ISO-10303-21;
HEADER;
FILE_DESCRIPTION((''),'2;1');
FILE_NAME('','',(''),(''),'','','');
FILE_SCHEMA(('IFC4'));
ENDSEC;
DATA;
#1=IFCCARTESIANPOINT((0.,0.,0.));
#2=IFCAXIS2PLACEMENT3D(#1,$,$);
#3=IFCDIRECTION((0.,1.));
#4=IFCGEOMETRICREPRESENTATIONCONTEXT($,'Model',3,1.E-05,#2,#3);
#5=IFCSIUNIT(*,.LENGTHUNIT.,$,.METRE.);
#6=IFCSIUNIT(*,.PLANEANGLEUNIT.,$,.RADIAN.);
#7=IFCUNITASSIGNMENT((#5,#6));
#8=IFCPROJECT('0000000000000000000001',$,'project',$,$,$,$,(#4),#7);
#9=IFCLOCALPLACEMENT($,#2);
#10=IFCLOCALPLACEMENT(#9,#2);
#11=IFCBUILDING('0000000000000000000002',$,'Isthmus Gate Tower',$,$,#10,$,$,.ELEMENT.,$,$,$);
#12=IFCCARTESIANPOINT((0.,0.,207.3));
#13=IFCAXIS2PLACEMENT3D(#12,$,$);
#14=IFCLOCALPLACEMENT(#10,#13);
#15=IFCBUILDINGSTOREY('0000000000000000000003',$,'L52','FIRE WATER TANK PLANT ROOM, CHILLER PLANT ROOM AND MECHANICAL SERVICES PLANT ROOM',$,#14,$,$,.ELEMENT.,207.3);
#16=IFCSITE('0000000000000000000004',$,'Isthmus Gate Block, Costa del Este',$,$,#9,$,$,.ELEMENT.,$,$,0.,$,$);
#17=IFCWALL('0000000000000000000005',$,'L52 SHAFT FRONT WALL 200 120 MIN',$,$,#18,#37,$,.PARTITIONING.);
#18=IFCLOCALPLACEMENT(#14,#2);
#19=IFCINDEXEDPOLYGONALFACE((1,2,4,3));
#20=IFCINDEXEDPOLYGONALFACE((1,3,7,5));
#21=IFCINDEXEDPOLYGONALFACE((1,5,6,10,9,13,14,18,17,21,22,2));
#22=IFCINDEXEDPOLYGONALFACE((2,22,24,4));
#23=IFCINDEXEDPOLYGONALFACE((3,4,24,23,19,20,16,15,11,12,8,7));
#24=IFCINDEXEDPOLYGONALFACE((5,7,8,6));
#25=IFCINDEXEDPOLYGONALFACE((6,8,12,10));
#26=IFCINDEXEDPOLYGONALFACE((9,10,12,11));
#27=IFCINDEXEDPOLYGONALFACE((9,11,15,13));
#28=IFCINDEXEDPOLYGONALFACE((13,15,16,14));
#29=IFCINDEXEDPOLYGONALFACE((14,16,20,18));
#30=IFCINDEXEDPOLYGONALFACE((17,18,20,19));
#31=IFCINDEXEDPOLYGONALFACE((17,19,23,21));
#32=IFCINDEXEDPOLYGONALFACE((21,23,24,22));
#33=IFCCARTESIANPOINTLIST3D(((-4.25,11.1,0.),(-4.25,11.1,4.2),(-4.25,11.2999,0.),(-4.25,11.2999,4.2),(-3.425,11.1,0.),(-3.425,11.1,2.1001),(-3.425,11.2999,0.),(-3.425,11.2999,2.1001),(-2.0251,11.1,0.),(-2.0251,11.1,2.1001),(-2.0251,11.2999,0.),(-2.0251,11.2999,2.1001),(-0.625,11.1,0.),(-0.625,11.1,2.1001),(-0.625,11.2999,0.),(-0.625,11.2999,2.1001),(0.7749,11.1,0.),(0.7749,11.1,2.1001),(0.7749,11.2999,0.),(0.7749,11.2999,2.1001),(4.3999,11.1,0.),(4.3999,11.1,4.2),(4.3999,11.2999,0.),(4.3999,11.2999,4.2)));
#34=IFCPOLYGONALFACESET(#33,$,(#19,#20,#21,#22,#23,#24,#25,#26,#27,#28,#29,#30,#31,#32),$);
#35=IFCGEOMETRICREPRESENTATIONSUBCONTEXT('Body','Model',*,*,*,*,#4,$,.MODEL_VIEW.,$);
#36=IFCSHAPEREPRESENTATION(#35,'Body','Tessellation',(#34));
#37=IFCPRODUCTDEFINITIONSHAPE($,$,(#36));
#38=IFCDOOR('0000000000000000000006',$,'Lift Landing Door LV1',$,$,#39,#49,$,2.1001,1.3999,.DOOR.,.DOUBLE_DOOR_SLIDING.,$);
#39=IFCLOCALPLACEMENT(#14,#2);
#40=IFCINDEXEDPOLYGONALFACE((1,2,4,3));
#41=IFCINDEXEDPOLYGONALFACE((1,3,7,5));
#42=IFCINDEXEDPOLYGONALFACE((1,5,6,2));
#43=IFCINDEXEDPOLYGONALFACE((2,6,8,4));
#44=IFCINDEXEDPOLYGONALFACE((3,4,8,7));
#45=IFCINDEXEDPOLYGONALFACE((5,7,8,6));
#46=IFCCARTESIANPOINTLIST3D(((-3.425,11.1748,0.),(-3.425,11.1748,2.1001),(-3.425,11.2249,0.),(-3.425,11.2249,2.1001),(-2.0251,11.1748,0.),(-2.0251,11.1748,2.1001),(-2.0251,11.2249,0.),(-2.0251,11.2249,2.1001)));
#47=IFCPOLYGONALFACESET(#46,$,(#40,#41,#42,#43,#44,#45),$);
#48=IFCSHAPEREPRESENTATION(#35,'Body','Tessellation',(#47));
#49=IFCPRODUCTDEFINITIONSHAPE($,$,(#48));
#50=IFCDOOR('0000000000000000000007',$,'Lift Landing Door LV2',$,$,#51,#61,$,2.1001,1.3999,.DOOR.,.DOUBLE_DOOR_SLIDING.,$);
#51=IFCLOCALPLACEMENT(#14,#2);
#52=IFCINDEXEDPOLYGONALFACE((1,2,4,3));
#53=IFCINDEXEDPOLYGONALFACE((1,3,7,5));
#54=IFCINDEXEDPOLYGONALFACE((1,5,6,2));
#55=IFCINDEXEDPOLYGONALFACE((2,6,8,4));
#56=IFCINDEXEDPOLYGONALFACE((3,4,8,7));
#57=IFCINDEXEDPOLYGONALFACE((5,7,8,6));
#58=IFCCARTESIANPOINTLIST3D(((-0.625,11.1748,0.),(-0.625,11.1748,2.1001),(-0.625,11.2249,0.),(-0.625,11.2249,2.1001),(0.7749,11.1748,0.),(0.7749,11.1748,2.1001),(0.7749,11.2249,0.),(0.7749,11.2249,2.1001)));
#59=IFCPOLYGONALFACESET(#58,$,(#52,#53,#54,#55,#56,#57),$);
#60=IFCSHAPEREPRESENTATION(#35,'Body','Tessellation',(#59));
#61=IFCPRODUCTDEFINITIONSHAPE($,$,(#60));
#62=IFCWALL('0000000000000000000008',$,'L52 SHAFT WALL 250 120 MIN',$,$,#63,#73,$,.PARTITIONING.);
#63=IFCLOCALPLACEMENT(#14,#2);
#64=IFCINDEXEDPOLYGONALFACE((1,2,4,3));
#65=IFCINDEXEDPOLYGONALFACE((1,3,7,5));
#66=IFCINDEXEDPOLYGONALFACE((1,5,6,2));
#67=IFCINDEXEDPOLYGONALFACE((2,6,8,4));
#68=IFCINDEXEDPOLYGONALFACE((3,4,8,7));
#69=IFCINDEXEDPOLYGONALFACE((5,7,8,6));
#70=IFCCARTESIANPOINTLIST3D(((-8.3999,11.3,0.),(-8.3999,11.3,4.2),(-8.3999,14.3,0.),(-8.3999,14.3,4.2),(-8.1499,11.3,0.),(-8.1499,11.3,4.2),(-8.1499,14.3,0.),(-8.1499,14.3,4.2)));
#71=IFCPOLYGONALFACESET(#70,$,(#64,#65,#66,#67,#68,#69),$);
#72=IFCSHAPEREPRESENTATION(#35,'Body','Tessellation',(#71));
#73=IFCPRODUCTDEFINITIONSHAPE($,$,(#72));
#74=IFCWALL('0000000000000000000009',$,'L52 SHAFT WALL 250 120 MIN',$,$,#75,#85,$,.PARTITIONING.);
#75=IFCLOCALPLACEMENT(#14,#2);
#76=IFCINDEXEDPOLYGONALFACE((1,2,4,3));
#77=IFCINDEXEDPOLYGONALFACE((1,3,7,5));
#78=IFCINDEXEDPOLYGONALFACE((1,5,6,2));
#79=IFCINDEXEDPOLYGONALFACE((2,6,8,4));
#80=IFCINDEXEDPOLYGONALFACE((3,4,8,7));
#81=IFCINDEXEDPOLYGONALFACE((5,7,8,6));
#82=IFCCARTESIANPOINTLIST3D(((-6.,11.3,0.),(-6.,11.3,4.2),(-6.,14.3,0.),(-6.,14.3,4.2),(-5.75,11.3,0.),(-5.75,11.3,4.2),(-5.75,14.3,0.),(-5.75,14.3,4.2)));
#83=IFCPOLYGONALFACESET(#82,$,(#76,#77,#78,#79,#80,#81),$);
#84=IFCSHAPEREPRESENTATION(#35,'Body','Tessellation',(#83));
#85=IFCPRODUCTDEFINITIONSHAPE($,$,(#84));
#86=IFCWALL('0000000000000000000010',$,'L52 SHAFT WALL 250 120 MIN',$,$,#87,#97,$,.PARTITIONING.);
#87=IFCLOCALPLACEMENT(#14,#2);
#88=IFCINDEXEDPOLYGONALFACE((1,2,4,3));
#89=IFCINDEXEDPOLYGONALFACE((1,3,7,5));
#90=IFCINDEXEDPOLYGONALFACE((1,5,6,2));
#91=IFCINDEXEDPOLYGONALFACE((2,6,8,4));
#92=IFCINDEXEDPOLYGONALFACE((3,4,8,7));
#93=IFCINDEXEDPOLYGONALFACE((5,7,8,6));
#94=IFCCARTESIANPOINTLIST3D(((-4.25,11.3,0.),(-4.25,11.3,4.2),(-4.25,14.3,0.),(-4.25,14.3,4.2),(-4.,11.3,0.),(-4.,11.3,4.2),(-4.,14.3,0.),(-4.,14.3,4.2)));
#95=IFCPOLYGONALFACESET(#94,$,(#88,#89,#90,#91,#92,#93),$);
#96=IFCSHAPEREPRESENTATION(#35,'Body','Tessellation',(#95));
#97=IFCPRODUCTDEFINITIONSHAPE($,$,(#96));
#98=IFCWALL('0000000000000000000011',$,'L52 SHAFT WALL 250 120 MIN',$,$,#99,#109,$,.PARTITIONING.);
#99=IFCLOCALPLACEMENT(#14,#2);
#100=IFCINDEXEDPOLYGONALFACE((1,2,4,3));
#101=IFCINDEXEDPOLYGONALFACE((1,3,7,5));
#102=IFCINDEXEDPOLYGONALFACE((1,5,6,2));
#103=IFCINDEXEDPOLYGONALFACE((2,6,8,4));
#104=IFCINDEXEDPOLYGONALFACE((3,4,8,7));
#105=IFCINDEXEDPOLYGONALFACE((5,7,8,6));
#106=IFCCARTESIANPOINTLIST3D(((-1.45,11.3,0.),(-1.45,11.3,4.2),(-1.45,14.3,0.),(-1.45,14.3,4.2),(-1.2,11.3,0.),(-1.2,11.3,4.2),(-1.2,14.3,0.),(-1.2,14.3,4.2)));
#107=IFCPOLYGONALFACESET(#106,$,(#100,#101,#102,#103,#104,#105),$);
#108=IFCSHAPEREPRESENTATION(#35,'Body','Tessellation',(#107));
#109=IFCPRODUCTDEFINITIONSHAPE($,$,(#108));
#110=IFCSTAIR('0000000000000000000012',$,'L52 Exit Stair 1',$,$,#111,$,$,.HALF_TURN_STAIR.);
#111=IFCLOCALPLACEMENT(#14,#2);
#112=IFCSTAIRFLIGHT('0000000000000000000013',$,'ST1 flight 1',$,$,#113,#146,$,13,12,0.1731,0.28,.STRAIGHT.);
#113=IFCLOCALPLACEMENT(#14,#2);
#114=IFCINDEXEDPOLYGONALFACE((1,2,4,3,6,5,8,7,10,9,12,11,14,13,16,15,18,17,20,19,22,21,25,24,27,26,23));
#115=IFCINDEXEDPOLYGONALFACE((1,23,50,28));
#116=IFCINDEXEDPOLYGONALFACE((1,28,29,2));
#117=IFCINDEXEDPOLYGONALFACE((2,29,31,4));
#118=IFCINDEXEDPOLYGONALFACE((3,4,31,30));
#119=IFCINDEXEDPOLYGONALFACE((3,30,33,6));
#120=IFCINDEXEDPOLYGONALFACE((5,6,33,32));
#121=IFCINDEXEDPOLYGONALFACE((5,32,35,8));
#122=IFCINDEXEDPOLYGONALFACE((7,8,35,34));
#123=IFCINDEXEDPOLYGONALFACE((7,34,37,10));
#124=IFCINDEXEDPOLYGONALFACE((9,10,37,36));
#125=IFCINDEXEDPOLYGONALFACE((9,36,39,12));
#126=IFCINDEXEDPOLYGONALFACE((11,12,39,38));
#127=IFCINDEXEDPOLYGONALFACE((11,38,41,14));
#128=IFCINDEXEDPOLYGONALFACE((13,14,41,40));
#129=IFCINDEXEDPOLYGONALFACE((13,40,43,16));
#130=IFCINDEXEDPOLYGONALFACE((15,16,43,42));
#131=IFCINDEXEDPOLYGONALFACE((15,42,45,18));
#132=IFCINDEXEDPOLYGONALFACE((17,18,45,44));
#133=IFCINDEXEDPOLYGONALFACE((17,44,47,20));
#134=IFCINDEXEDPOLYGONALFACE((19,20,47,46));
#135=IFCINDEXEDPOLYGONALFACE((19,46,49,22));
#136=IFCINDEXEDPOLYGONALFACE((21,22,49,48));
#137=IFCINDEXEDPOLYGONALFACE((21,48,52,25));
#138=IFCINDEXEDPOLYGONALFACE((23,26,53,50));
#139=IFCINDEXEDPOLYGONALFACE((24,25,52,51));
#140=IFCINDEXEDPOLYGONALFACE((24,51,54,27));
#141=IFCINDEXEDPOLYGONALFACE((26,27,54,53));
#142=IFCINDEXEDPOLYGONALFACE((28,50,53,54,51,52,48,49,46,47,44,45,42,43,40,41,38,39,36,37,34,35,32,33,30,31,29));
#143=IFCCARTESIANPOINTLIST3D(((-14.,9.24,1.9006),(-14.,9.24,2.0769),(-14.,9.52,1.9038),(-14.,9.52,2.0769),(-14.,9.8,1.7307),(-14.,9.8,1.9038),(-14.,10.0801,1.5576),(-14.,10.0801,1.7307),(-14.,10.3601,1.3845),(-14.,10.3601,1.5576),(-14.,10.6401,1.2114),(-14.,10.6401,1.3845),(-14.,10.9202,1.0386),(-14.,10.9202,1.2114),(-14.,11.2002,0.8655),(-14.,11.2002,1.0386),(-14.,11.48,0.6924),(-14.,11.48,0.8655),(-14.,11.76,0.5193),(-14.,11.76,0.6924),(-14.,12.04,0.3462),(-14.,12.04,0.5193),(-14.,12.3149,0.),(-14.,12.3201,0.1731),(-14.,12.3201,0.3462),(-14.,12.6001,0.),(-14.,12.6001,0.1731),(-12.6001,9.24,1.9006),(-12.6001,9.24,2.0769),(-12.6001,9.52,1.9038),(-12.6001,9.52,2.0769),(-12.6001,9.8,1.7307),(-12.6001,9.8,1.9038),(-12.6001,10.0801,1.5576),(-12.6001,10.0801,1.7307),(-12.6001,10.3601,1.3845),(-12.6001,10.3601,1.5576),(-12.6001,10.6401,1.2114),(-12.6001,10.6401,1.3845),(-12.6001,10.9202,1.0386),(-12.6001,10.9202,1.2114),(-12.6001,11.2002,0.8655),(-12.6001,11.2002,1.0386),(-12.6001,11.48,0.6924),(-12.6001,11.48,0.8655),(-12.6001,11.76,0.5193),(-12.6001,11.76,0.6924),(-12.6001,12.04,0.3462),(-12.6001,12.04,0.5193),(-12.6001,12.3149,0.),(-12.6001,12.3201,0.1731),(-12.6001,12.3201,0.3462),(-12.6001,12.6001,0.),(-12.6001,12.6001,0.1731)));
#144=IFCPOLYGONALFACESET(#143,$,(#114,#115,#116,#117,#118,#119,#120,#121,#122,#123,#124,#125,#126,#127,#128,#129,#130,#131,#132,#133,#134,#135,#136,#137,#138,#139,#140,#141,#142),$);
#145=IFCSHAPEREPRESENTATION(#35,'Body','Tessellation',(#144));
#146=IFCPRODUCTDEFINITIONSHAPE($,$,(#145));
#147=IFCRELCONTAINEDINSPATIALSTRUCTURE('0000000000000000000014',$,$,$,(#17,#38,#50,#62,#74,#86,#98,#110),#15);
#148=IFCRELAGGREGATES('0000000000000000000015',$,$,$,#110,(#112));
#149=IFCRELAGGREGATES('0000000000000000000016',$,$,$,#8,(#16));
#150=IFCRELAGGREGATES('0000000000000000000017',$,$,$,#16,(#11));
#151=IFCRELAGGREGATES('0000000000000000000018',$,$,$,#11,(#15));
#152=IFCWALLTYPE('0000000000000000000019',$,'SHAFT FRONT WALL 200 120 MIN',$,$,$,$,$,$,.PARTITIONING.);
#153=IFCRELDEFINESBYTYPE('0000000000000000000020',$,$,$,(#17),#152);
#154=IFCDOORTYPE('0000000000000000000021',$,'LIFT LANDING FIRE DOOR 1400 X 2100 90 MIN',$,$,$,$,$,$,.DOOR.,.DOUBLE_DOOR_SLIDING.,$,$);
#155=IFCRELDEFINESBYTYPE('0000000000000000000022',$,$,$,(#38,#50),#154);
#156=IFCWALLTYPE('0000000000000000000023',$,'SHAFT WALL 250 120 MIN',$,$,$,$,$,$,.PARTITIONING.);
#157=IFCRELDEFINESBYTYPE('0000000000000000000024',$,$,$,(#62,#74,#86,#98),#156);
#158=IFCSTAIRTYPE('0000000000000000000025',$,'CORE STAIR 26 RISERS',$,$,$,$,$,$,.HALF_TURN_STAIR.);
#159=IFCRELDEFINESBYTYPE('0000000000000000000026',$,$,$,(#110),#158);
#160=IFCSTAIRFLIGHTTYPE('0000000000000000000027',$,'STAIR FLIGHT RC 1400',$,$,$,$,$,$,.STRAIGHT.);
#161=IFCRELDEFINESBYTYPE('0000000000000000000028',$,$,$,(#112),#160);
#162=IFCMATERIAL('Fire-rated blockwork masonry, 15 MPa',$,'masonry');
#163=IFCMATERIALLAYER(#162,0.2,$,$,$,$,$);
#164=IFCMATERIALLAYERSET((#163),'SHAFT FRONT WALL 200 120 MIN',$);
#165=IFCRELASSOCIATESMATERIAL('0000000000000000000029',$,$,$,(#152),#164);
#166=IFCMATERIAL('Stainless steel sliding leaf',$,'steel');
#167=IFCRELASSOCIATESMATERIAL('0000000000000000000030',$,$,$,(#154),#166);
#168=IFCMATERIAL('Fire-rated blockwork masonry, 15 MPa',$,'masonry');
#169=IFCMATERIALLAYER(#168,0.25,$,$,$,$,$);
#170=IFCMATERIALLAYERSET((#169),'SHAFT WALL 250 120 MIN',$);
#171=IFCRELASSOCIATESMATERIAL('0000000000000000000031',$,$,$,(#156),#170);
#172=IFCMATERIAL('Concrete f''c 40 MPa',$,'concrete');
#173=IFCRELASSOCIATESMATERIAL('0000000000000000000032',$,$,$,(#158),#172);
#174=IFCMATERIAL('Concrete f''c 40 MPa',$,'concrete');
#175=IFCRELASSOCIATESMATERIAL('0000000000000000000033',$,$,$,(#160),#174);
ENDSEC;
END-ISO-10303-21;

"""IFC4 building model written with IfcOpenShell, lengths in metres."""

from ifc_helpers import new_model, si_unit, direction, frame, frame_2d, origin, place, context, subcontext, project, spatial, polyline, rectangle, outline, extrude, material, layer, layer_set, type_object, element, fill, aggregate, save


model = new_model("IFC4")

# Units and contexts
model_context = context("Model", 3, precision=1e-05, world=origin(), true_north=direction((0.0, 1.0)))
body_context = subcontext(model_context, "Body", "Model", "MODEL_VIEW")
ifc_project = project(units=[si_unit("LENGTHUNIT", "METRE"), si_unit("PLANEANGLEUNIT", "RADIAN")], contexts=[model_context])

# Site, building, storey
site_placement = place(None, origin())
site = spatial("IfcSite", under=ifc_project, at=site_placement, Name="Isthmus Gate Block, Costa del Este", CompositionType="ELEMENT", RefElevation=0.0)
building_placement = place(site_placement, origin())
building = spatial("IfcBuilding", under=site, at=building_placement, Name="Isthmus Gate Tower", CompositionType="ELEMENT")
storey_placement = place(building_placement, frame((0.0, 0.0, 207.3)))
storey = spatial("IfcBuildingStorey", under=building, at=storey_placement, Name="L52", Description="FIRE WATER TANK PLANT ROOM, CHILLER PLANT ROOM AND MECHANICAL SERVICES PLANT ROOM", CompositionType="ELEMENT", Elevation=207.3)

# Wall, openings, doors
ifc_material_1 = material(Name="Fire-rated blockwork masonry, 15 MPa", Category="masonry")
ifc_layer_1 = layer(ifc_material_1, 0.2)
ifc_layer_set_1 = layer_set([ifc_layer_1], Name="SHAFT FRONT WALL 200 120 MIN")
wall_type_1 = type_object("IfcWallType", Name="SHAFT FRONT WALL 200 120 MIN", PredefinedType="PARTITIONING", material=ifc_layer_set_1)
wall_1_placement = place(storey_placement, frame((-4.25, 11.2, 0.0), z_axis=(0.0, 0.0, 1.0), x_axis=(1.0, 0.0, 0.0)))
wall_1 = element("IfcWall", 1, at=wall_1_placement, inside=storey, type_object=wall_type_1, Name="L52 SHAFT FRONT WALL 200 120 MIN", PredefinedType="PARTITIONING", context=body_context, shape_type="SweptSolid", body=[
    extrude(rectangle(XDim=8.6499, YDim=0.2, at=frame_2d((4.325, 0.0))), origin(), (0.0, 0.0, 1.0), 4.2),
])
opening_1_placement = place(wall_1_placement, frame((0.825, 0.0, 0.0)))
opening_1 = element("IfcOpeningElement", 2, at=opening_1_placement, cuts=wall_1, PredefinedType="OPENING", context=body_context, shape_type="SweptSolid", body=[
    extrude(rectangle(XDim=1.3999, YDim=2.1001, at=frame_2d((0.7, 1.05))), frame((0.0, 0.1099, 0.0), z_axis=(0.0, -1.0, 0.0), x_axis=(1.0, 0.0, 0.0)), (0.0, 0.0, 1.0), 0.22),
])
opening_2_placement = place(wall_1_placement, frame((3.625, 0.0, 0.0)))
opening_2 = element("IfcOpeningElement", 3, at=opening_2_placement, cuts=wall_1, PredefinedType="OPENING", context=body_context, shape_type="SweptSolid", body=[
    extrude(rectangle(XDim=1.3999, YDim=2.1001, at=frame_2d((0.7, 1.05))), frame((0.0, 0.1099, 0.0), z_axis=(0.0, -1.0, 0.0), x_axis=(1.0, 0.0, 0.0)), (0.0, 0.0, 1.0), 0.22),
])
ifc_material_2 = material(Name="Stainless steel sliding leaf", Category="steel")
door_type_1 = type_object("IfcDoorType", Name="LIFT LANDING FIRE DOOR 1400 X 2100 90 MIN", OperationType="DOUBLE_DOOR_SLIDING", PredefinedType="DOOR", material=ifc_material_2)
door_1_placement = place(opening_1_placement, origin())
door_1 = element("IfcDoor", 4, at=door_1_placement, inside=storey, type_object=door_type_1, Name="Lift Landing Door LV1", OperationType="DOUBLE_DOOR_SLIDING", OverallHeight=2.1001, OverallWidth=1.3999, PredefinedType="DOOR", context=body_context, shape_type="SweptSolid", body=[
    extrude(rectangle(XDim=1.3999, YDim=2.1001, at=frame_2d((0.7, 1.05))), frame((0.0, 0.0249, 0.0), z_axis=(0.0, -1.0, 0.0), x_axis=(1.0, 0.0, 0.0)), (0.0, 0.0, 1.0), 0.05),
])
fill(opening_1, door_1)
door_2_placement = place(opening_2_placement, origin())
door_2 = element("IfcDoor", 5, at=door_2_placement, inside=storey, type_object=door_type_1, Name="Lift Landing Door LV2", OperationType="DOUBLE_DOOR_SLIDING", OverallHeight=2.1001, OverallWidth=1.3999, PredefinedType="DOOR", context=body_context, shape_type="SweptSolid", body=[
    extrude(rectangle(XDim=1.3999, YDim=2.1001, at=frame_2d((0.7, 1.05))), frame((0.0, 0.0249, 0.0), z_axis=(0.0, -1.0, 0.0), x_axis=(1.0, 0.0, 0.0)), (0.0, 0.0, 1.0), 0.05),
])
fill(opening_2, door_2)

# Walls
ifc_material_3 = material(Name="Fire-rated blockwork masonry, 15 MPa", Category="masonry")
ifc_layer_2 = layer(ifc_material_3, 0.25)
ifc_layer_set_2 = layer_set([ifc_layer_2], Name="SHAFT WALL 250 120 MIN")
wall_type_2 = type_object("IfcWallType", Name="SHAFT WALL 250 120 MIN", PredefinedType="PARTITIONING", material=ifc_layer_set_2)
for number, where, z_axis, x_axis, name in (
    (6, (-8.2749, 11.3, 0.0), (0.0, 0.0, 1.0), (0.0, 1.0, 0.0), "L52 SHAFT WALL 250 120 MIN"),
    (7, (-5.875, 11.3, 0.0), (0.0, 0.0, 1.0), (0.0, 1.0, 0.0), "L52 SHAFT WALL 250 120 MIN"),
    (8, (-4.125, 11.3, 0.0), (0.0, 0.0, 1.0), (0.0, 1.0, 0.0), "L52 SHAFT WALL 250 120 MIN"),
    (9, (-1.325, 11.3, 0.0), (0.0, 0.0, 1.0), (0.0, 1.0, 0.0), "L52 SHAFT WALL 250 120 MIN"),
):
    element("IfcWall", number, at=place(storey_placement, frame(where, z_axis=z_axis, x_axis=x_axis)), inside=storey, type_object=wall_type_2, Name=name, PredefinedType="PARTITIONING", context=body_context, shape_type="SweptSolid", body=[
        extrude(rectangle(XDim=3.0, YDim=0.25, at=frame_2d((1.5, 0.0))), origin(), (0.0, 0.0, 1.0), 4.2),
    ])

# Stair, stair flight
ifc_material_4 = material(Name="Concrete f'c 40 MPa", Category="concrete")
stair_type = type_object("IfcStairType", Name="CORE STAIR 26 RISERS", PredefinedType="HALF_TURN_STAIR", material=ifc_material_4)
stair_placement = place(storey_placement, origin())
stair = element("IfcStair", 10, at=stair_placement, inside=storey, type_object=stair_type, Name="L52 Exit Stair 1", PredefinedType="HALF_TURN_STAIR")
ifc_material_5 = material(Name="Concrete f'c 40 MPa", Category="concrete")
stair_flight_type = type_object("IfcStairFlightType", Name="STAIR FLIGHT RC 1400", PredefinedType="STRAIGHT", material=ifc_material_5)
stair_flight_placement = place(storey_placement, frame((-13.3, 12.6001, 0.0), z_axis=(0.0, 0.0, 1.0), x_axis=(0.0, -1.0, 0.0)))
stair_flight = element("IfcStairFlight", 11, at=stair_flight_placement, type_object=stair_flight_type, Name="ST1 flight 1", NumberOfRisers=13, NumberOfTreads=12, PredefinedType="STRAIGHT", RiserHeight=0.1731, TreadLength=0.28, context=body_context, shape_type="SweptSolid", body=[
    extrude(outline(polyline([(0.0, 0.0), (0.0, 0.1731), (0.28, 0.1731), (0.28, 0.3462), (0.5601, 0.3462), (0.5601, 0.5193), (0.8401, 0.5193), (0.8401, 0.6924), (1.1201, 0.6924), (1.1201, 0.8655), (1.3999, 0.8655), (1.3999, 1.0386), (1.6799, 1.0386), (1.6799, 1.2114), (1.96, 1.2114), (1.96, 1.3845), (2.24, 1.3845), (2.24, 1.5576), (2.52, 1.5576), (2.52, 1.7307), (2.8, 1.7307), (2.8, 1.9038), (3.0801, 1.9038), (3.0801, 2.0769), (3.3601, 2.0769), (3.3601, 2.25), (3.3601, 1.9006), (0.2852, 0.0), (0.0, 0.0)])), frame((0.0, 0.7, 0.0), z_axis=(0.0, -1.0, 0.0), x_axis=(1.0, 0.0, 0.0)), (0.0, 0.0, 1.0), 1.3999),
])
aggregate(stair, [stair_flight])

save(model, "model.ifc")
